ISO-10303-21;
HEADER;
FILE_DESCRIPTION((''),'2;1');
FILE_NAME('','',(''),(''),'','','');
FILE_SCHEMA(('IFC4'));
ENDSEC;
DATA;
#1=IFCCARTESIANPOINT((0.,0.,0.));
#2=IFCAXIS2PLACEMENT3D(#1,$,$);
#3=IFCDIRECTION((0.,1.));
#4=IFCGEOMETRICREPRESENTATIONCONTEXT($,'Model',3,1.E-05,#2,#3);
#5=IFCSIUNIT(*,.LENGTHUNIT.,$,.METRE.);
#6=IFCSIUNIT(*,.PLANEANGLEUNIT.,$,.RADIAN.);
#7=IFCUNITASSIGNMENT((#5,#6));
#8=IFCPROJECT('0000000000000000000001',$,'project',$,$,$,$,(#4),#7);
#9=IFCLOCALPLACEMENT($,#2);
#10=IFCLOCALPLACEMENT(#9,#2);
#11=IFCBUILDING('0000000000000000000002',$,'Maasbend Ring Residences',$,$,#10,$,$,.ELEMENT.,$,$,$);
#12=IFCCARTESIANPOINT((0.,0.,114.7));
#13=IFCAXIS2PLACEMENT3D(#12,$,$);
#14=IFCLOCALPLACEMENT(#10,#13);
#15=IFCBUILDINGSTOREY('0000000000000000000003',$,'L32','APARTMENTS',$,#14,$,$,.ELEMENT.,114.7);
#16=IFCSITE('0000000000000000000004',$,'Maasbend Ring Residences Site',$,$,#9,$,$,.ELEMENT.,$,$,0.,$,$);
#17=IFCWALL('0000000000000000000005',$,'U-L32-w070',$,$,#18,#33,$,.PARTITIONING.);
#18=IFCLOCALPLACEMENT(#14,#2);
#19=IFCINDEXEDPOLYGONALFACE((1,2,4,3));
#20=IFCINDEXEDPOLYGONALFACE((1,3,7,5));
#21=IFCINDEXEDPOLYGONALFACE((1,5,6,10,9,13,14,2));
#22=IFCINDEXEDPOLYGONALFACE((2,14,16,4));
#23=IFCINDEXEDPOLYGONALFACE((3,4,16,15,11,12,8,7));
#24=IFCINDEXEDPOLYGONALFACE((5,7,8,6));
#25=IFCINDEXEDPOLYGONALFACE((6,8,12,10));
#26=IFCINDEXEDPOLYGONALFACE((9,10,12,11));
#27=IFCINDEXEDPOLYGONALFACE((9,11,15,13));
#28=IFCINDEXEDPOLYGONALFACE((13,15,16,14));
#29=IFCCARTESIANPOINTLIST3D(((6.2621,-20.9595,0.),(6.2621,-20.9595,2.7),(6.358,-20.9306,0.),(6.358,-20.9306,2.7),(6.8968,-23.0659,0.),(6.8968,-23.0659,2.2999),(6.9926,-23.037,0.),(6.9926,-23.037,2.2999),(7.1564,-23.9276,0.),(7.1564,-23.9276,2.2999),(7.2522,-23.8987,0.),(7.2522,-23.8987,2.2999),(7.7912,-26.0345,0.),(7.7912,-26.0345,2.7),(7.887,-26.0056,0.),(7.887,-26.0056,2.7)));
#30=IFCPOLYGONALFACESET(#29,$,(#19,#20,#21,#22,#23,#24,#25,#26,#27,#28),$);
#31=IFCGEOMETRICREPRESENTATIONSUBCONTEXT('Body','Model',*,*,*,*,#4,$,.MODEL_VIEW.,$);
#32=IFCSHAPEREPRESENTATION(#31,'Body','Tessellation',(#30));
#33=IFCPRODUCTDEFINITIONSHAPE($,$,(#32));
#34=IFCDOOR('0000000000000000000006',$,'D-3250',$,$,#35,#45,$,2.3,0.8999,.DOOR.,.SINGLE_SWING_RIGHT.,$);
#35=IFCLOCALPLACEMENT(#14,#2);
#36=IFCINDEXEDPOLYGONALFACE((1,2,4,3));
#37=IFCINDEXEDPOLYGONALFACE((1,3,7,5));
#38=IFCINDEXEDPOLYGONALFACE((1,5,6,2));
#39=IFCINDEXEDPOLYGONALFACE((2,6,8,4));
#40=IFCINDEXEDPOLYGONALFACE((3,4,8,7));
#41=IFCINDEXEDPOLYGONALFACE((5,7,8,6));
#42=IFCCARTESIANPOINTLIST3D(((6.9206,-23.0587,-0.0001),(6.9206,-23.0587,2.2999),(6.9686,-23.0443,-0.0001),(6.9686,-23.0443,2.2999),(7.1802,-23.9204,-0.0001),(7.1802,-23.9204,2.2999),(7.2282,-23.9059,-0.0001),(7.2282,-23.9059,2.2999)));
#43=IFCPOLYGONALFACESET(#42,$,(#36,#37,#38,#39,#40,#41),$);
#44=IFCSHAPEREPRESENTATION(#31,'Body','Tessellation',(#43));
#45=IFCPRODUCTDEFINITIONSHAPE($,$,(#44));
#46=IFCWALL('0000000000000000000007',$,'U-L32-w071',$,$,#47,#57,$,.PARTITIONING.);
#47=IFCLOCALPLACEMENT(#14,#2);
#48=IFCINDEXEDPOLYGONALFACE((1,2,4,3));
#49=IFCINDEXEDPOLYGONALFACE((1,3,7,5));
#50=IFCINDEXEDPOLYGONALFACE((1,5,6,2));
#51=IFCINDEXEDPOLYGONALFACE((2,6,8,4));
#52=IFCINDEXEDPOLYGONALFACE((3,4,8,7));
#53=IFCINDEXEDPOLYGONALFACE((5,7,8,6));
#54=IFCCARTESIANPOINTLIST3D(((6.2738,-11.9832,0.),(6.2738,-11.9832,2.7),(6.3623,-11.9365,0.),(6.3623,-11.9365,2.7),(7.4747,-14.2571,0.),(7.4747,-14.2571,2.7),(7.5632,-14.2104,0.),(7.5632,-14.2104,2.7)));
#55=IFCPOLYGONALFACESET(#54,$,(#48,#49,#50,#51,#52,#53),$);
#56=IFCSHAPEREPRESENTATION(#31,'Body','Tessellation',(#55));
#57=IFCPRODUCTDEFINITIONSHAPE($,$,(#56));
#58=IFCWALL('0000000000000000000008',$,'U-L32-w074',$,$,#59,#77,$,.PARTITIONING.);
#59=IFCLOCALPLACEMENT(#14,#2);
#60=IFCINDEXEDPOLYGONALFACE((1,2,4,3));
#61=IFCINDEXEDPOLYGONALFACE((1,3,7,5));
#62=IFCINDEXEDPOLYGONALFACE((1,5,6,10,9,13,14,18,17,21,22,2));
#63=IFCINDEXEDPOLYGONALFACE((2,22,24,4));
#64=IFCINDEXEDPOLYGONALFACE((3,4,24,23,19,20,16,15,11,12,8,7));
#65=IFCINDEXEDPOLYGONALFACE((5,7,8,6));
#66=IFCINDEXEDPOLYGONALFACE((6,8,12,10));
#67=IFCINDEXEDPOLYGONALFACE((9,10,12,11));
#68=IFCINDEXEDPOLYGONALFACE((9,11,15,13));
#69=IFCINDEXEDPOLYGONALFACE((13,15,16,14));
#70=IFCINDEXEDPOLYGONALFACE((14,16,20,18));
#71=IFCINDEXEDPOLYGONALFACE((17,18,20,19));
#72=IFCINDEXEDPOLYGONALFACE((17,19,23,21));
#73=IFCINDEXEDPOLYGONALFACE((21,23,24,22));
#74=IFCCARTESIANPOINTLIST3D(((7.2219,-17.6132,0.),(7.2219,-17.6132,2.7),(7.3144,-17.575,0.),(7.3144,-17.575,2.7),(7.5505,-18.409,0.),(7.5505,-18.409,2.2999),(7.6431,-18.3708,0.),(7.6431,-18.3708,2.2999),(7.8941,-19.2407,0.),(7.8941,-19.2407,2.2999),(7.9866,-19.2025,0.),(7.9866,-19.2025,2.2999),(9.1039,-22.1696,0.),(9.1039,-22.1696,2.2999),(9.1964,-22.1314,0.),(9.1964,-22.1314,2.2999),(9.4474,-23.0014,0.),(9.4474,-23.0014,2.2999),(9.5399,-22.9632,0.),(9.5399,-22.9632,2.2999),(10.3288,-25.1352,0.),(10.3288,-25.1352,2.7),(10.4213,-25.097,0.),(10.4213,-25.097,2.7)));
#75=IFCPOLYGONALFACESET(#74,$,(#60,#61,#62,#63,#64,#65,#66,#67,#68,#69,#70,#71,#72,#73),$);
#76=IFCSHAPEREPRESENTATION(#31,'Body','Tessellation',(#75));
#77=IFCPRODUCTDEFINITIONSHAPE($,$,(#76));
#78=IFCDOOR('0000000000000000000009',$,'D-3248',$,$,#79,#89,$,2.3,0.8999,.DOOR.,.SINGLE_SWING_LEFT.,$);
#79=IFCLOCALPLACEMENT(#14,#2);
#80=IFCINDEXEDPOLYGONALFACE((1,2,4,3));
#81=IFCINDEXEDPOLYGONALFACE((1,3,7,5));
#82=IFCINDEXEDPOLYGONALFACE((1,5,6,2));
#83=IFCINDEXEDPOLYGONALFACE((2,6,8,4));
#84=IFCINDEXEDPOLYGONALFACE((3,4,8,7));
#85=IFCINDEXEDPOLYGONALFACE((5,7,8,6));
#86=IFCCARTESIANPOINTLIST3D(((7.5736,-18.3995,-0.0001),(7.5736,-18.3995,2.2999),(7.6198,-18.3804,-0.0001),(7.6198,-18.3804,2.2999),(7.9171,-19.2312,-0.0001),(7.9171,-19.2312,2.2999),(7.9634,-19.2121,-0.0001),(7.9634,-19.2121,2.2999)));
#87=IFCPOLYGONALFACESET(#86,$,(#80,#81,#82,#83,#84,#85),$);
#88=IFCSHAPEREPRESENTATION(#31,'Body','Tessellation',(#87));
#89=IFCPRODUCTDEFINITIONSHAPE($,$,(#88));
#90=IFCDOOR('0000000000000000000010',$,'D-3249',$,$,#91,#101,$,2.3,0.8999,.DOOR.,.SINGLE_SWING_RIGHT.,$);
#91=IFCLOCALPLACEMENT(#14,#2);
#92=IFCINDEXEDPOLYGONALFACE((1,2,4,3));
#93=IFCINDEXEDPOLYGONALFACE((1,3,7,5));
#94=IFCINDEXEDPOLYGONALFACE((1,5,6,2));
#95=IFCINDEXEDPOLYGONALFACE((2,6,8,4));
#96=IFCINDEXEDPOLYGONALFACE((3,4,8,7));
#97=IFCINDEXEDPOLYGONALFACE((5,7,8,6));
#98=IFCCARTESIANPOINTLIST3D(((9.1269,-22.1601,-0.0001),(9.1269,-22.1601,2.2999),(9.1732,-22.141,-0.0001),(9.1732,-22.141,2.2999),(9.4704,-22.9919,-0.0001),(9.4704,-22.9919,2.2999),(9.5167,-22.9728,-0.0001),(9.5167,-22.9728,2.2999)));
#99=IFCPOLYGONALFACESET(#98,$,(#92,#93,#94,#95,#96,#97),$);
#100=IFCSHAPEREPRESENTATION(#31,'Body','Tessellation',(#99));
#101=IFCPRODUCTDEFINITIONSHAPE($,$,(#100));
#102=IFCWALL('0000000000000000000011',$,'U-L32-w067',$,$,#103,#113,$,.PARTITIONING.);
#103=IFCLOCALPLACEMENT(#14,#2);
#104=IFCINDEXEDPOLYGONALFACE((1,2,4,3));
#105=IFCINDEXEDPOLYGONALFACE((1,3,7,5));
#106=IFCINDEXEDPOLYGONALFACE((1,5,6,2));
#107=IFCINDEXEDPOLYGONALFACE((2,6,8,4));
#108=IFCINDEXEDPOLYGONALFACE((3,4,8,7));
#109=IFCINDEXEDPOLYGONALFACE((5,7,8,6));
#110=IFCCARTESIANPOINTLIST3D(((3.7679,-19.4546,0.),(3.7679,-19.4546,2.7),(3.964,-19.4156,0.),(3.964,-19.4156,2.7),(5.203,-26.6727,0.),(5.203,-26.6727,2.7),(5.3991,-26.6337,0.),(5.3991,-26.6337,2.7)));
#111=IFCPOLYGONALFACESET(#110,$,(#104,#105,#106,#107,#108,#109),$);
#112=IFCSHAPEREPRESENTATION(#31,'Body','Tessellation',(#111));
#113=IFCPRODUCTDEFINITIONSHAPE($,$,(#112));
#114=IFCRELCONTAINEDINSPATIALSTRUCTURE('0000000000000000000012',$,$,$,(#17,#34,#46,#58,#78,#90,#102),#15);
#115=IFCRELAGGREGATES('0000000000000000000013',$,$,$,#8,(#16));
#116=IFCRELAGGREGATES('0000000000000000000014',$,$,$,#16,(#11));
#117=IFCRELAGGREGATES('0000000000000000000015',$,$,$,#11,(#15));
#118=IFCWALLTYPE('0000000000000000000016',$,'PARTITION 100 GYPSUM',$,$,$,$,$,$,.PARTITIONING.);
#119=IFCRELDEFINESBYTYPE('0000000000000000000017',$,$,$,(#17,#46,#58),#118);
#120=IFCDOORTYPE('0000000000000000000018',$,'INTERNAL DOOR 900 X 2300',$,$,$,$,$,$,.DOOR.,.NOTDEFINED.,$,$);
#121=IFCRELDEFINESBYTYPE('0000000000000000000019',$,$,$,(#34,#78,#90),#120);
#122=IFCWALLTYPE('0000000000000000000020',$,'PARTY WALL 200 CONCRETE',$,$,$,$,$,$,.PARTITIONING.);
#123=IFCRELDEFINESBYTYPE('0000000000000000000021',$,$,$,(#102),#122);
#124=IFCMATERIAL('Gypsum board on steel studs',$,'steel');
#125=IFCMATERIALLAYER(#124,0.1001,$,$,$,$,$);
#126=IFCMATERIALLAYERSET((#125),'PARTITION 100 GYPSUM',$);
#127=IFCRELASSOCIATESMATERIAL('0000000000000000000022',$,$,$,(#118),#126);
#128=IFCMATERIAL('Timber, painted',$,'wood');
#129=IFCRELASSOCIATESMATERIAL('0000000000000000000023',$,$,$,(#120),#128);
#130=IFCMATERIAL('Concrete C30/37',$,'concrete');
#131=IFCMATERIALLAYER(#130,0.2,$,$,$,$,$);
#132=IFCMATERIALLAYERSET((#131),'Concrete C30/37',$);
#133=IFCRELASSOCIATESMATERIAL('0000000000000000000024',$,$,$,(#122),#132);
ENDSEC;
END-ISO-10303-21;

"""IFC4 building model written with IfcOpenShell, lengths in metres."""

from ifc_helpers import new_model, si_unit, direction, frame, frame_2d, origin, place, context, subcontext, project, spatial, rectangle, extrude, material, layer, layer_set, type_object, element, fill, save


model = new_model("IFC4")

# Units and contexts
model_context = context("Model", 3, precision=1e-05, world=origin(), true_north=direction((0.0, 1.0)))
body_context = subcontext(model_context, "Body", "Model", "MODEL_VIEW")
ifc_project = project(units=[si_unit("LENGTHUNIT", "METRE"), si_unit("PLANEANGLEUNIT", "RADIAN")], contexts=[model_context])

# Site, building, storey
site_placement = place(None, origin())
site = spatial("IfcSite", under=ifc_project, at=site_placement, Name="Maasbend Ring Residences Site", CompositionType="ELEMENT", RefElevation=0.0)
building_placement = place(site_placement, origin())
building = spatial("IfcBuilding", under=site, at=building_placement, Name="Maasbend Ring Residences", CompositionType="ELEMENT")
storey_placement = place(building_placement, frame((0.0, 0.0, 114.7)))
storey = spatial("IfcBuildingStorey", under=building, at=storey_placement, Name="L32", Description="APARTMENTS", CompositionType="ELEMENT", Elevation=114.7)

# Shared definitions
ifc_material_1 = material(Name="Gypsum board on steel studs", Category="steel")
ifc_layer_1 = layer(ifc_material_1, 0.1001)
ifc_layer_set_1 = layer_set([ifc_layer_1], Name="PARTITION 100 GYPSUM")
wall_type_1 = type_object("IfcWallType", Name="PARTITION 100 GYPSUM", PredefinedType="PARTITIONING", material=ifc_layer_set_1)

# Shared definitions
ifc_material_2 = material(Name="Timber, painted", Category="wood")
door_type_1 = type_object("IfcDoorType", Name="INTERNAL DOOR 900 X 2300", OperationType="NOTDEFINED", PredefinedType="DOOR", material=ifc_material_2)

# Wall, opening, door
wall_1_placement = place(storey_placement, frame((6.3101, -20.9451, 0.0), z_axis=(0.0, 0.0, 1.0), x_axis=(0.288484, -0.957485, 0.0)))
wall_1 = element("IfcWall", 1, at=wall_1_placement, inside=storey, type_object=wall_type_1, Name="U-L32-w070", PredefinedType="PARTITIONING", context=body_context, shape_type="SweptSolid", body=[
    extrude(rectangle(XDim=5.3003, YDim=0.1001, at=frame_2d((2.6501, 0.0))), origin(), (0.0, 0.0, 1.0), 2.7),
])
opening_1_placement = place(wall_1_placement, frame((2.2, 0.0, 0.0)))
opening_1 = element("IfcOpeningElement", 2, at=opening_1_placement, cuts=wall_1, PredefinedType="OPENING", context=body_context, shape_type="SweptSolid", body=[
    extrude(rectangle(XDim=0.8999, YDim=2.3, at=frame_2d((0.45, 1.1499))), frame((0.0, 0.0601, 0.0), z_axis=(0.0, -1.0, 0.0), x_axis=(1.0, 0.0, 0.0)), (0.0, 0.0, 1.0), 0.1201),
])
door_1_placement = place(opening_1_placement, origin())
door_1 = element("IfcDoor", 3, at=door_1_placement, inside=storey, type_object=door_type_1, Name="D-3250", OperationType="SINGLE_SWING_RIGHT", OverallHeight=2.3, OverallWidth=0.8999, PredefinedType="DOOR", context=body_context, shape_type="SweptSolid", body=[
    extrude(rectangle(XDim=0.8999, YDim=2.3, at=frame_2d((0.45, 1.1499))), frame((0.0, 0.0249, 0.0), z_axis=(0.0, -1.0, 0.0), x_axis=(1.0, 0.0, 0.0)), (0.0, 0.0, 1.0), 0.05),
])
fill(opening_1, door_1)

# Wall
wall_2_placement = place(storey_placement, frame((6.3181, -11.96, 0.0), z_axis=(0.0, 0.0, 1.0), x_axis=(0.467002, -0.884256, 0.0)))
element("IfcWall", 4, at=wall_2_placement, inside=storey, type_object=wall_type_1, Name="U-L32-w071", PredefinedType="PARTITIONING", context=body_context, shape_type="SweptSolid", body=[
    extrude(rectangle(XDim=2.5715, YDim=0.1001, at=frame_2d((1.2856, 0.0))), origin(), (0.0, 0.0, 1.0), 2.7),
])

# Wall, openings, doors
wall_3_placement = place(storey_placement, frame((7.2681, -17.594, 0.0), z_axis=(0.0, 0.0, 1.0), x_axis=(0.381763, -0.92426, 0.0)))
wall_3 = element("IfcWall", 5, at=wall_3_placement, inside=storey, type_object=wall_type_1, Name="U-L32-w074", PredefinedType="PARTITIONING", context=body_context, shape_type="SweptSolid", body=[
    extrude(rectangle(XDim=8.1384, YDim=0.1001, at=frame_2d((4.0693, 0.0))), origin(), (0.0, 0.0, 1.0), 2.7),
])
opening_2_placement = place(wall_3_placement, frame((0.8611, 0.0, 0.0)))
opening_2 = element("IfcOpeningElement", 6, at=opening_2_placement, cuts=wall_3, PredefinedType="OPENING", context=body_context, shape_type="SweptSolid", body=[
    extrude(rectangle(XDim=0.8999, YDim=2.3, at=frame_2d((0.45, 1.1499))), frame((0.0, 0.0601, 0.0), z_axis=(0.0, -1.0, 0.0), x_axis=(1.0, 0.0, 0.0)), (0.0, 0.0, 1.0), 0.1201),
])
opening_3_placement = place(wall_3_placement, frame((4.9299, 0.0, 0.0)))
opening_3 = element("IfcOpeningElement", 7, at=opening_3_placement, cuts=wall_3, PredefinedType="OPENING", context=body_context, shape_type="SweptSolid", body=[
    extrude(rectangle(XDim=0.8999, YDim=2.3, at=frame_2d((0.45, 1.1499))), frame((0.0, 0.0601, 0.0), z_axis=(0.0, -1.0, 0.0), x_axis=(1.0, 0.0, 0.0)), (0.0, 0.0, 1.0), 0.1201),
])
door_2_placement = place(opening_2_placement, origin())
door_2 = element("IfcDoor", 8, at=door_2_placement, inside=storey, type_object=door_type_1, Name="D-3248", OperationType="SINGLE_SWING_LEFT", OverallHeight=2.3, OverallWidth=0.8999, PredefinedType="DOOR", context=body_context, shape_type="SweptSolid", body=[
    extrude(rectangle(XDim=0.8999, YDim=2.3, at=frame_2d((0.45, 1.1499))), frame((0.0, 0.0249, 0.0), z_axis=(0.0, -1.0, 0.0), x_axis=(1.0, 0.0, 0.0)), (0.0, 0.0, 1.0), 0.05),
])
fill(opening_2, door_2)
door_3_placement = place(opening_3_placement, origin())
door_3 = element("IfcDoor", 9, at=door_3_placement, inside=storey, type_object=door_type_1, Name="D-3249", OperationType="SINGLE_SWING_RIGHT", OverallHeight=2.3, OverallWidth=0.8999, PredefinedType="DOOR", context=body_context, shape_type="SweptSolid", body=[
    extrude(rectangle(XDim=0.8999, YDim=2.3, at=frame_2d((0.45, 1.1499))), frame((0.0, 0.0249, 0.0), z_axis=(0.0, -1.0, 0.0), x_axis=(1.0, 0.0, 0.0)), (0.0, 0.0, 1.0), 0.05),
])
fill(opening_3, door_3)

# Wall
ifc_material_3 = material(Name="Concrete C30/37", Category="concrete")
ifc_layer_2 = layer(ifc_material_3, 0.2)
ifc_layer_set_2 = layer_set([ifc_layer_2], Name="Concrete C30/37")
wall_type_2 = type_object("IfcWallType", Name="PARTY WALL 200 CONCRETE", PredefinedType="PARTITIONING", material=ifc_layer_set_2)
wall_4_placement = place(storey_placement, frame((3.866, -19.4351, 0.0), z_axis=(0.0, 0.0, 1.0), x_axis=(0.195, -0.980803, 0.0)))
element("IfcWall", 10, at=wall_4_placement, inside=storey, type_object=wall_type_2, Name="U-L32-w067", PredefinedType="PARTITIONING", context=body_context, shape_type="SweptSolid", body=[
    extrude(rectangle(XDim=7.3594, YDim=0.2, at=frame_2d((3.6797, 0.0))), origin(), (0.0, 0.0, 1.0), 2.7),
])

save(model, "model.ifc")
